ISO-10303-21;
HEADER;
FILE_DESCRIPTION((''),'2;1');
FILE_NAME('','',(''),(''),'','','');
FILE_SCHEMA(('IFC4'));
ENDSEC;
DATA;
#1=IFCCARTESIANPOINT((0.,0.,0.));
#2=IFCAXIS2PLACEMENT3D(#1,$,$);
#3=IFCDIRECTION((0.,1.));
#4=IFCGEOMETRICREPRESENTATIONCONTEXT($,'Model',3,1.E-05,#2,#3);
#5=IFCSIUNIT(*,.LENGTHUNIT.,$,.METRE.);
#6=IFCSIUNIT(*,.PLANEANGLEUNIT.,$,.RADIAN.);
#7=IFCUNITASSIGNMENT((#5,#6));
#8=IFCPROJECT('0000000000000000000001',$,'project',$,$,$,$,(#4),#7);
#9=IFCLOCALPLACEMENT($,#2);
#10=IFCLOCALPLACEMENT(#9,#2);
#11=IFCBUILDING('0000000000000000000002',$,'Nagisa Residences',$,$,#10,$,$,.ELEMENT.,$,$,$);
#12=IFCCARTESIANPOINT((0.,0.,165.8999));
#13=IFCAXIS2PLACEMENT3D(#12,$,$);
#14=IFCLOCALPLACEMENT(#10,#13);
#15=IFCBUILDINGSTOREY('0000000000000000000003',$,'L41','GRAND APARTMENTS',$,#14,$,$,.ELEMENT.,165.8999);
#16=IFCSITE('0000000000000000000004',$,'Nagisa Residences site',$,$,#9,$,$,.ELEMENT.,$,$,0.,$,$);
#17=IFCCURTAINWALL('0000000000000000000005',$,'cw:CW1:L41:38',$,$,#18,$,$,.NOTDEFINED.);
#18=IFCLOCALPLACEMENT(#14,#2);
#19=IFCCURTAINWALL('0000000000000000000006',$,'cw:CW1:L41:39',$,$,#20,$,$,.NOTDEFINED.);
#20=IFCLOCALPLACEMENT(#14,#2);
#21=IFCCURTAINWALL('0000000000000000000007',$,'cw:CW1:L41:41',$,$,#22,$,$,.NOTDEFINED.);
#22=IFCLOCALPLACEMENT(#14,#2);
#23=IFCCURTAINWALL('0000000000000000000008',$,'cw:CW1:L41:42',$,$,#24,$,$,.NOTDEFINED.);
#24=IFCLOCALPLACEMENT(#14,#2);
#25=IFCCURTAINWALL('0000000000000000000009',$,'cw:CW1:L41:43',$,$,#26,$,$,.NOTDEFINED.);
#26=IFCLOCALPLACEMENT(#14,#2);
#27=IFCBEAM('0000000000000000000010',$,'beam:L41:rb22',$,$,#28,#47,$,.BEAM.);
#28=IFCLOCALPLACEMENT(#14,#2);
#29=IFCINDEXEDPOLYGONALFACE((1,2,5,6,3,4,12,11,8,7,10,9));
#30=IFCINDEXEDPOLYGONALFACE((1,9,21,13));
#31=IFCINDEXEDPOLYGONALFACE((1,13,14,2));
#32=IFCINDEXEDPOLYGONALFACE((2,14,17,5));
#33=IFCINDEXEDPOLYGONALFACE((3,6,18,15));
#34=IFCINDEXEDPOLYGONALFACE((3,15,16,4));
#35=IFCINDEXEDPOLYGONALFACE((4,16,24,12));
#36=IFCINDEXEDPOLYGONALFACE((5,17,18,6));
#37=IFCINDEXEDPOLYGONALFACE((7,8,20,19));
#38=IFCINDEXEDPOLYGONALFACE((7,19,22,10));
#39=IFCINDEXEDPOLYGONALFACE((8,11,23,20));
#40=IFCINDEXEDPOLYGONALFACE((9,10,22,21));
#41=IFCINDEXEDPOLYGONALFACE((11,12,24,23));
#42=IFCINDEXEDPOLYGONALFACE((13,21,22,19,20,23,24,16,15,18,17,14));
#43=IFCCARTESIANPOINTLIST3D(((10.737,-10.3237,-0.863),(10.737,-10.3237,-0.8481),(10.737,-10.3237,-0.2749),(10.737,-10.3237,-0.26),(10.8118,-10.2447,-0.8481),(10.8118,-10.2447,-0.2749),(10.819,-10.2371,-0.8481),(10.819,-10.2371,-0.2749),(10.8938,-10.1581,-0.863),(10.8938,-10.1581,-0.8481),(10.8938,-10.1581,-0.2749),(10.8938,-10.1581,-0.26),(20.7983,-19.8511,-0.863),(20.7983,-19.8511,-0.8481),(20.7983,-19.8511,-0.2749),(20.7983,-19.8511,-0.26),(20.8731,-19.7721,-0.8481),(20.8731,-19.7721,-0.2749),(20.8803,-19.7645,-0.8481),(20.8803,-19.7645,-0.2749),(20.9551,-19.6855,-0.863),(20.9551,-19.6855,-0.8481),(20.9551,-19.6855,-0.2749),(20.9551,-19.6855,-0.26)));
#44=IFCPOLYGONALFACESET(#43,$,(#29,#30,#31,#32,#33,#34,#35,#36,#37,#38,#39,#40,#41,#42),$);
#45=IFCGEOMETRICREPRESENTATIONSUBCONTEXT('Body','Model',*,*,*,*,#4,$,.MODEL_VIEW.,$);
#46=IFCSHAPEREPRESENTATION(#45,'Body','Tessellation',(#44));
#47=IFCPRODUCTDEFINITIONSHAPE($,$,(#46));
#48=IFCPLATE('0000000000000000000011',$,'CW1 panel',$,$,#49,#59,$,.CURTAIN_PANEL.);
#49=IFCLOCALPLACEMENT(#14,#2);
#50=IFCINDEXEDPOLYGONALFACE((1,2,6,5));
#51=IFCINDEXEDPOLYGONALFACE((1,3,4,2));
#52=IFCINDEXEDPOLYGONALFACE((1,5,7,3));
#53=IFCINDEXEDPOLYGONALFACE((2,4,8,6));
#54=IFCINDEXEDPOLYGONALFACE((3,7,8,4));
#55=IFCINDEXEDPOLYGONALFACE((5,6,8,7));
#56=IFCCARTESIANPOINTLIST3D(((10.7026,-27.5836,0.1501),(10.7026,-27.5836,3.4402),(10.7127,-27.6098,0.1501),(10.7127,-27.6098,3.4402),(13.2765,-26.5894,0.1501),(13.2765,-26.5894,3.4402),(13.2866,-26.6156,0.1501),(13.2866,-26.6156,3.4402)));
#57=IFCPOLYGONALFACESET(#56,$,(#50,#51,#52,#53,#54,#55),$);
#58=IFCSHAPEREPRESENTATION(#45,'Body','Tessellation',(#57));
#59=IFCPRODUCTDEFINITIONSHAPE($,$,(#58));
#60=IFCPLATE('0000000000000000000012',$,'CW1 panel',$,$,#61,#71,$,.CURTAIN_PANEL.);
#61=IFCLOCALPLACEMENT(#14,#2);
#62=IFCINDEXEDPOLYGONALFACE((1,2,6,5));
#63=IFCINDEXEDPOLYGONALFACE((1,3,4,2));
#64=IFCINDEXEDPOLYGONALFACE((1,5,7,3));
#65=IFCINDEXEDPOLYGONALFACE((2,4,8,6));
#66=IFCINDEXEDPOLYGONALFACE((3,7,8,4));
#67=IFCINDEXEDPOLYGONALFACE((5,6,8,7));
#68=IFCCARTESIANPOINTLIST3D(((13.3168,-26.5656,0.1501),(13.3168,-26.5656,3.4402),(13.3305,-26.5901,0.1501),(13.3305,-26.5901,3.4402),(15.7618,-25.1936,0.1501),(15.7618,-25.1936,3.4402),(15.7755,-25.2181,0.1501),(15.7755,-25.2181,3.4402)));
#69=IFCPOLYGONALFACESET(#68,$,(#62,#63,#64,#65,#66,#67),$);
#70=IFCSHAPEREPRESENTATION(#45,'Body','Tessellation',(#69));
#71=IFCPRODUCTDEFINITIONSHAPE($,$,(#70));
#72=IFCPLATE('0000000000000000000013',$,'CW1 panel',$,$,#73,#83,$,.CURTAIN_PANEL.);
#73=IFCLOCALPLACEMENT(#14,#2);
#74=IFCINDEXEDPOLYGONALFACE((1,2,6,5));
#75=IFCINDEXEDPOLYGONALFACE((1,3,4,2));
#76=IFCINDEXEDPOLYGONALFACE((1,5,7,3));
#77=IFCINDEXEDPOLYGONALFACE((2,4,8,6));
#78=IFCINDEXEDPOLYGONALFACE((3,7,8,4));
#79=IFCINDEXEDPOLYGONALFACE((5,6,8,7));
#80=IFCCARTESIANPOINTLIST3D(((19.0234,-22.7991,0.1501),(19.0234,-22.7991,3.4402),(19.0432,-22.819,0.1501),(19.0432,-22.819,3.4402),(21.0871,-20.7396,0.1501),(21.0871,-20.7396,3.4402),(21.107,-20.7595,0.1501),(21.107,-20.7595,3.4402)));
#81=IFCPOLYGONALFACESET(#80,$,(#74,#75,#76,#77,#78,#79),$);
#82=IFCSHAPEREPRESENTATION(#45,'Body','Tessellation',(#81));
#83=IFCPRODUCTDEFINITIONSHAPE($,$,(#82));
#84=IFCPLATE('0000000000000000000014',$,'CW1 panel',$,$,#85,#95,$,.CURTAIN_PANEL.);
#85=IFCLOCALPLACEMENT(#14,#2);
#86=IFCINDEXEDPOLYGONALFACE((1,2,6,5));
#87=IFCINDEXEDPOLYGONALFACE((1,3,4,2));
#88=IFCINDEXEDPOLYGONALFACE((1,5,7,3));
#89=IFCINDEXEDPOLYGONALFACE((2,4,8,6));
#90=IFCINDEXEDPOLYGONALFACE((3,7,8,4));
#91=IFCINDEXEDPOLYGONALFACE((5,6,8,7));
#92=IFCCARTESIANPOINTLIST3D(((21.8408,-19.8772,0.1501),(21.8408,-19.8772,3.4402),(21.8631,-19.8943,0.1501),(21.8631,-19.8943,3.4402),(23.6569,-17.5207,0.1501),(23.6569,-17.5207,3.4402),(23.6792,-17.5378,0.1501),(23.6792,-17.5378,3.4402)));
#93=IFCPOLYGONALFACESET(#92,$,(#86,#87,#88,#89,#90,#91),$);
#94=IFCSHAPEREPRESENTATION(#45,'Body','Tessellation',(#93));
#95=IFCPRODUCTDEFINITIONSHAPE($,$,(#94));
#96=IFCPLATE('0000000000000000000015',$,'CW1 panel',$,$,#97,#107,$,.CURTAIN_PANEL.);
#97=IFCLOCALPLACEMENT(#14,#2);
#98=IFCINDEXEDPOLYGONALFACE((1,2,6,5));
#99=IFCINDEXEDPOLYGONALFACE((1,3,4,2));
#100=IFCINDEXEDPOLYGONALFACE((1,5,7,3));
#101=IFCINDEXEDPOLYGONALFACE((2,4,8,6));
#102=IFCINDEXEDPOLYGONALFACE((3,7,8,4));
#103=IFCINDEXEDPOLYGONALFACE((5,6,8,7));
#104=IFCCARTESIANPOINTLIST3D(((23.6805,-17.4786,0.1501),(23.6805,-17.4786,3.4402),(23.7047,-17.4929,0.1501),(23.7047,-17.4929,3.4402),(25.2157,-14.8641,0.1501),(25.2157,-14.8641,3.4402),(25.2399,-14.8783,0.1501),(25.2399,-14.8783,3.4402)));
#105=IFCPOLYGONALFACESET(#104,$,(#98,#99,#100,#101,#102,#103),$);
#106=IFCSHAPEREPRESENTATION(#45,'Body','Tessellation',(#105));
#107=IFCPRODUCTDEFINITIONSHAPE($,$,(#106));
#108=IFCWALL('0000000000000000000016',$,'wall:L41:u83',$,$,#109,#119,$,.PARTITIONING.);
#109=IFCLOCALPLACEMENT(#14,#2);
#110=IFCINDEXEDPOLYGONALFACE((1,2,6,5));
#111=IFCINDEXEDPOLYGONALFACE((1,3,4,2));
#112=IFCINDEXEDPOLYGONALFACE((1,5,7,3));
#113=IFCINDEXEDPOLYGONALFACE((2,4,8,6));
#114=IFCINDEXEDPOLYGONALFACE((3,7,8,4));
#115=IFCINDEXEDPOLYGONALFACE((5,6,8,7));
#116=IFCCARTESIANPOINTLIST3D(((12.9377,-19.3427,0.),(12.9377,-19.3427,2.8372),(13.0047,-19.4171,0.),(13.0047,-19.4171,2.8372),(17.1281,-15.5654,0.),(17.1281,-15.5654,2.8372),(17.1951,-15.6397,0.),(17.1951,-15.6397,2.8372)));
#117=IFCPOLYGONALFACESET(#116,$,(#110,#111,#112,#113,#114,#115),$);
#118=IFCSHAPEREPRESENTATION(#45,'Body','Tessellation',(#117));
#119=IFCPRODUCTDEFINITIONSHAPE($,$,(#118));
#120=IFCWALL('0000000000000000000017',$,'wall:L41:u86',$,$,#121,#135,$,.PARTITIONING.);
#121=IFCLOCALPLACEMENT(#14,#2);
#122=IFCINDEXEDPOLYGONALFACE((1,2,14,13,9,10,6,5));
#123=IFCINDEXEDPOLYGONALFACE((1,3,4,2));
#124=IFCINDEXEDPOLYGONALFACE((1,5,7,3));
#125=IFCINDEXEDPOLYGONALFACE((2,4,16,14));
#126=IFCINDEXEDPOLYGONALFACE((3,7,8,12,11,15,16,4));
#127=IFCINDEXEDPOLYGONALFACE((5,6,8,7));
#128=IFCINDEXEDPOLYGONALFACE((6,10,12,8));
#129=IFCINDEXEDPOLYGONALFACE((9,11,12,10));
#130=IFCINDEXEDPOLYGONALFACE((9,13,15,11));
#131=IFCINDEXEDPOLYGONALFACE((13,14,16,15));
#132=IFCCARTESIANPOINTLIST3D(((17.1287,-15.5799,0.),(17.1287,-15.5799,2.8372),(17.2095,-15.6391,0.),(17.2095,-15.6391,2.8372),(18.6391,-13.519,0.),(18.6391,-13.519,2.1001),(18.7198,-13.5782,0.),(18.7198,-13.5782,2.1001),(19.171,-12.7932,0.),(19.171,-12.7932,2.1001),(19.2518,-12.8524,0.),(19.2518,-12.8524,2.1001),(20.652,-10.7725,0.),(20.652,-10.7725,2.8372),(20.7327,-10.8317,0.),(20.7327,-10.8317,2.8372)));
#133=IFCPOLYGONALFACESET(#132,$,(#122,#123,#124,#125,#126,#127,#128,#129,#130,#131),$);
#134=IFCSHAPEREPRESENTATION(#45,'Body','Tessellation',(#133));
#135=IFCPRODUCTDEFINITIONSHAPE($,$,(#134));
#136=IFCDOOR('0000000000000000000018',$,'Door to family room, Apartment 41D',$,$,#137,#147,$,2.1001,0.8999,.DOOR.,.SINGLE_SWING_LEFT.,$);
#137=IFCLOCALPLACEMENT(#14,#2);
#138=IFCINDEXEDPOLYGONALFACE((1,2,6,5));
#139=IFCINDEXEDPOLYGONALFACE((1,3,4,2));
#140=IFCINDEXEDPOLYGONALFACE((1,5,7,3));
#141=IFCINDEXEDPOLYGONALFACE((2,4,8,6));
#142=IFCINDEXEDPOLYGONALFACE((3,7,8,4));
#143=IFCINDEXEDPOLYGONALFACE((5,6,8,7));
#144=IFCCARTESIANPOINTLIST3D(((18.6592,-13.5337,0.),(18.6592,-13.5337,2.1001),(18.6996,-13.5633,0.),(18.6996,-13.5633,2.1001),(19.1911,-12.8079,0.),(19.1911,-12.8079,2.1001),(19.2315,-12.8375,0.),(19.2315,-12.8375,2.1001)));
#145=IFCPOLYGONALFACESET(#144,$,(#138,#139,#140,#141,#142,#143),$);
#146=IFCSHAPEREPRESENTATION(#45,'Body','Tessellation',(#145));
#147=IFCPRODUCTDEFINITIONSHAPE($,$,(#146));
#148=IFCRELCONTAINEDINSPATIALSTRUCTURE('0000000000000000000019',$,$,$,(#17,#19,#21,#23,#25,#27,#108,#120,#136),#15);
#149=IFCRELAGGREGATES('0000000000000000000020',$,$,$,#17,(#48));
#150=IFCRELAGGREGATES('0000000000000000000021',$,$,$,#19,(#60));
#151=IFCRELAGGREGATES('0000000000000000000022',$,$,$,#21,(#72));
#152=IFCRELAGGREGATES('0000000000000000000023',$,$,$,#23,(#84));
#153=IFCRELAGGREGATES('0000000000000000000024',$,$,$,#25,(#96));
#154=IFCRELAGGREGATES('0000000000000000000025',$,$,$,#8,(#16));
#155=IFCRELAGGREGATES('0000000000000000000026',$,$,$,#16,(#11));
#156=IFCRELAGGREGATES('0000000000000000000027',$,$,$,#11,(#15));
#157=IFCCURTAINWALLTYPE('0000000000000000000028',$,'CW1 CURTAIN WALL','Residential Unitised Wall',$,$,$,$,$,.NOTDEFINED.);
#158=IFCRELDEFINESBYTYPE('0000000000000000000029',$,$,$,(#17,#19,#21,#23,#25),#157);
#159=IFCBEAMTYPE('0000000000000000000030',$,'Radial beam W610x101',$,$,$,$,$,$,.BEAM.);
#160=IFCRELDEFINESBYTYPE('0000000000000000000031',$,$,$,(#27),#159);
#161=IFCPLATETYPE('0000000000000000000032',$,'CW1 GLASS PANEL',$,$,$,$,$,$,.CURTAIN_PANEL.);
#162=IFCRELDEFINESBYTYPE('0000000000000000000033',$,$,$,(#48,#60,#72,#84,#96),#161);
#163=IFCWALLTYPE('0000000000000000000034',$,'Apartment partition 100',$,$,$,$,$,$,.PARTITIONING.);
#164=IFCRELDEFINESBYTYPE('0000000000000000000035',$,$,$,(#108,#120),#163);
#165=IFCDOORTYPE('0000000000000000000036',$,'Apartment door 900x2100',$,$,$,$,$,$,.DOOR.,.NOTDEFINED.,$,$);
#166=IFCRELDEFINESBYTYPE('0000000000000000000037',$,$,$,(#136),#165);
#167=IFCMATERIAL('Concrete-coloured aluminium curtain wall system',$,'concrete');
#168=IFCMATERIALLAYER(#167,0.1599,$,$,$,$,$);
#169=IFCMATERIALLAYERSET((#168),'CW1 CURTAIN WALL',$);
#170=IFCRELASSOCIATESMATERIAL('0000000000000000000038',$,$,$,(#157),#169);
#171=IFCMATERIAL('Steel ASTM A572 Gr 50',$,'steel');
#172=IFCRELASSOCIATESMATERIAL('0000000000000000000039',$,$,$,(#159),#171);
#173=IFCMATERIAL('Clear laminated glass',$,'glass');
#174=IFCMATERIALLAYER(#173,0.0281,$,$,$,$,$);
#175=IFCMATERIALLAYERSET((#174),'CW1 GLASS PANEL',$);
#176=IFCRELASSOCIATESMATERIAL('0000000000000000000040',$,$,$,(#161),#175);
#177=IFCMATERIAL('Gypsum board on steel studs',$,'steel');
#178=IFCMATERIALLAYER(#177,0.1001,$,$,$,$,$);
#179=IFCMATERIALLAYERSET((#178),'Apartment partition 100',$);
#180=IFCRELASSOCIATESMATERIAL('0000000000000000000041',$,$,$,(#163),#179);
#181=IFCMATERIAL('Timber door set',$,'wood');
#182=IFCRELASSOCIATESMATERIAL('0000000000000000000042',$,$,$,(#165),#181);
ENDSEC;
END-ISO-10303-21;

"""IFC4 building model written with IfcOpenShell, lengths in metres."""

from ifc_helpers import new_model, si_unit, direction, frame, frame_2d, origin, origin_2d, place, context, subcontext, project, spatial, rectangle, i_section, extrude, material, layer, layer_set, material_profile, profile_set, type_object, element, fill, aggregate, save


model = new_model("IFC4")

# Units and contexts
model_context = context("Model", 3, precision=1e-05, world=origin(), true_north=direction((0.0, 1.0)))
body_context = subcontext(model_context, "Body", "Model", "MODEL_VIEW")
ifc_project = project(units=[si_unit("LENGTHUNIT", "METRE"), si_unit("PLANEANGLEUNIT", "RADIAN")], contexts=[model_context])

# Site, building, storey
site_placement = place(None, origin())
site = spatial("IfcSite", under=ifc_project, at=site_placement, Name="Nagisa Residences site", CompositionType="ELEMENT", RefElevation=0.0)
building_placement = place(site_placement, origin())
building = spatial("IfcBuilding", under=site, at=building_placement, Name="Nagisa Residences", CompositionType="ELEMENT")
storey_placement = place(building_placement, frame((0.0, 0.0, 165.8999)))
storey = spatial("IfcBuildingStorey", under=building, at=storey_placement, Name="L41", Description="GRAND APARTMENTS", CompositionType="ELEMENT", Elevation=165.8999)

# Curtain walls
ifc_material_1 = material(Name="Concrete-coloured aluminium curtain wall system", Category="concrete")
ifc_layer_1 = layer(ifc_material_1, 0.1599)
ifc_layer_set_1 = layer_set([ifc_layer_1], Name="CW1 CURTAIN WALL")
curtain_wall_type = type_object("IfcCurtainWallType", Name="CW1 CURTAIN WALL", Description="Residential Unitised Wall", PredefinedType="NOTDEFINED", material=ifc_layer_set_1)
curtain_wall_1_placement = place(storey_placement, origin())
curtain_wall_1 = element("IfcCurtainWall", 1, at=curtain_wall_1_placement, inside=storey, type_object=curtain_wall_type, Name="cw:CW1:L41:38", PredefinedType="NOTDEFINED")
curtain_wall_2_placement = place(storey_placement, origin())
curtain_wall_2 = element("IfcCurtainWall", 2, at=curtain_wall_2_placement, inside=storey, type_object=curtain_wall_type, Name="cw:CW1:L41:39", PredefinedType="NOTDEFINED")
curtain_wall_3_placement = place(storey_placement, origin())
curtain_wall_3 = element("IfcCurtainWall", 3, at=curtain_wall_3_placement, inside=storey, type_object=curtain_wall_type, Name="cw:CW1:L41:41", PredefinedType="NOTDEFINED")
curtain_wall_4_placement = place(storey_placement, origin())
curtain_wall_4 = element("IfcCurtainWall", 4, at=curtain_wall_4_placement, inside=storey, type_object=curtain_wall_type, Name="cw:CW1:L41:42", PredefinedType="NOTDEFINED")
curtain_wall_5_placement = place(storey_placement, origin())
curtain_wall_5 = element("IfcCurtainWall", 5, at=curtain_wall_5_placement, inside=storey, type_object=curtain_wall_type, Name="cw:CW1:L41:43", PredefinedType="NOTDEFINED")

# Beam
ifc_material_2 = material(Name="Steel ASTM A572 Gr 50", Category="steel")
ifc_material_profile_1 = material_profile(ifc_material_2, i_section(OverallWidth=0.228, OverallDepth=0.603, WebThickness=0.0105, FlangeThickness=0.0149, at=origin_2d()), Name="W610x101")
ifc_profile_set_1 = profile_set([ifc_material_profile_1], Name="Steel ASTM A572 Gr 50")
beam_type = type_object("IfcBeamType", Name="Radial beam W610x101", PredefinedType="BEAM", material=ifc_profile_set_1)
beam_1_placement = place(storey_placement, frame((20.8767, -19.7683, -0.5615), z_axis=(-0.726111, 0.687577, 0.0), x_axis=(-0.687577, -0.726111, 0.0)))
element("IfcBeam", 6, at=beam_1_placement, inside=storey, type_object=beam_type, Name="beam:L41:rb22", PredefinedType="BEAM", context=body_context, shape_type="SweptSolid", body=[
    extrude(i_section(OverallWidth=0.228, OverallDepth=0.603, WebThickness=0.0105, FlangeThickness=0.0149, at=origin_2d()), origin(), (0.0, 0.0, 1.0), 13.8564),
])

# Plates
ifc_material_3 = material(Name="Clear laminated glass", Category="glass")
ifc_layer_2 = layer(ifc_material_3, 0.0281)
ifc_layer_set_2 = layer_set([ifc_layer_2], Name="CW1 GLASS PANEL")
plate_type = type_object("IfcPlateType", Name="CW1 GLASS PANEL", PredefinedType="CURTAIN_PANEL", material=ifc_layer_set_2)
plate_1_placement = place(storey_placement, frame((11.9946, -27.0996, 0.1501), z_axis=(0.0, 0.0, 1.0), x_axis=(0.932826, 0.360328, 0.0)))
plate_1 = element("IfcPlate", 7, at=plate_1_placement, type_object=plate_type, Name="CW1 panel", PredefinedType="CURTAIN_PANEL", context=body_context, shape_type="SweptSolid", body=[
    extrude(rectangle(XDim=2.7593, YDim=0.0281, at=origin_2d()), origin(), (0.0, 0.0, 1.0), 3.29),
])
aggregate(curtain_wall_1, [plate_1])
plate_2_placement = place(storey_placement, frame((14.5461, -25.8918, 0.1501), z_axis=(0.0, 0.0, 1.0), x_axis=(0.872072, 0.489377, 0.0)))
plate_2 = element("IfcPlate", 8, at=plate_2_placement, type_object=plate_type, Name="CW1 panel", PredefinedType="CURTAIN_PANEL", context=body_context, shape_type="SweptSolid", body=[
    extrude(rectangle(XDim=2.8037, YDim=0.0281, at=origin_2d()), origin(), (0.0, 0.0, 1.0), 3.29),
])
aggregate(curtain_wall_2, [plate_2])
plate_3_placement = place(storey_placement, frame((20.0652, -21.7793, 0.1501), z_axis=(0.0, 0.0, 1.0), x_axis=(0.707836, 0.706377, 0.0)))
plate_3 = element("IfcPlate", 9, at=plate_3_placement, type_object=plate_type, Name="CW1 panel", PredefinedType="CURTAIN_PANEL", context=body_context, shape_type="SweptSolid", body=[
    extrude(rectangle(XDim=2.9155, YDim=0.0281, at=origin_2d()), origin(), (0.0, 0.0, 1.0), 3.29),
])
aggregate(curtain_wall_3, [plate_3])
plate_4_placement = place(storey_placement, frame((22.76, -18.7075, 0.1501), z_axis=(0.0, 0.0, 1.0), x_axis=(0.61043, 0.79207, 0.0)))
plate_4 = element("IfcPlate", 10, at=plate_4_placement, type_object=plate_type, Name="CW1 panel", PredefinedType="CURTAIN_PANEL", context=body_context, shape_type="SweptSolid", body=[
    extrude(rectangle(XDim=2.9751, YDim=0.0281, at=origin_2d()), origin(), (0.0, 0.0, 1.0), 3.29),
])
aggregate(curtain_wall_4, [plate_4])
plate_5_placement = place(storey_placement, frame((24.4602, -16.1785, 0.1501), z_axis=(0.0, 0.0, 1.0), x_axis=(0.506349, 0.862329, 0.0)))
plate_5 = element("IfcPlate", 11, at=plate_5_placement, type_object=plate_type, Name="CW1 panel", PredefinedType="CURTAIN_PANEL", context=body_context, shape_type="SweptSolid", body=[
    extrude(rectangle(XDim=3.032, YDim=0.0281, at=origin_2d()), origin(), (0.0, 0.0, 1.0), 3.29),
])
aggregate(curtain_wall_5, [plate_5])

# Wall
ifc_material_4 = material(Name="Gypsum board on steel studs", Category="steel")
ifc_layer_3 = layer(ifc_material_4, 0.1001)
ifc_layer_set_3 = layer_set([ifc_layer_3], Name="Apartment partition 100")
wall_type_1 = type_object("IfcWallType", Name="Apartment partition 100", PredefinedType="PARTITIONING", material=ifc_layer_set_3)
wall_1_placement = place(storey_placement, frame((12.9712, -19.3799, 0.0), z_axis=(0.0, 0.0, 1.0), x_axis=(0.742769, 0.669548, 0.0)))
element("IfcWall", 12, at=wall_1_placement, inside=storey, type_object=wall_type_1, Name="wall:L41:u83", PredefinedType="PARTITIONING", context=body_context, shape_type="SweptSolid", body=[
    extrude(rectangle(XDim=5.6416, YDim=0.1001, at=frame_2d((2.8208, 0.0))), origin(), (0.0, 0.0, 1.0), 2.8372),
])

# Wall, opening, door
wall_2_placement = place(storey_placement, frame((17.1692, -15.6094, 0.0), z_axis=(0.0, 0.0, 1.0), x_axis=(0.591122, 0.806582, 0.0)))
wall_2 = element("IfcWall", 13, at=wall_2_placement, inside=storey, type_object=wall_type_1, Name="wall:L41:u86", PredefinedType="PARTITIONING", context=body_context, shape_type="SweptSolid", body=[
    extrude(rectangle(XDim=5.9602, YDim=0.1001, at=frame_2d((2.98, 0.0))), origin(), (0.0, 0.0, 1.0), 2.8372),
])
opening_1_placement = place(wall_2_placement, frame((2.5549, 0.0, 0.0)))
opening_1 = element("IfcOpeningElement", 14, at=opening_1_placement, cuts=wall_2, PredefinedType="OPENING", context=body_context, shape_type="SweptSolid", body=[
    extrude(rectangle(XDim=0.8999, YDim=2.1001, at=frame_2d((0.45, 1.05))), frame((0.0, 0.0601, 0.0), z_axis=(0.0, -1.0, 0.0), x_axis=(1.0, 0.0, 0.0)), (0.0, 0.0, 1.0), 0.1201),
])
ifc_material_5 = material(Name="Timber door set", Category="wood")
door_type_1 = type_object("IfcDoorType", Name="Apartment door 900x2100", OperationType="NOTDEFINED", PredefinedType="DOOR", material=ifc_material_5)
door_1_placement = place(opening_1_placement, frame((0.8999, 0.0, 0.0), x_axis=(-1.0, 0.0, 0.0)))
door_1 = element("IfcDoor", 15, at=door_1_placement, inside=storey, type_object=door_type_1, Name="Door to family room, Apartment 41D", OperationType="SINGLE_SWING_LEFT", OverallHeight=2.1001, OverallWidth=0.8999, PredefinedType="DOOR", context=body_context, shape_type="SweptSolid", body=[
    extrude(rectangle(XDim=0.8999, YDim=2.1001, at=frame_2d((0.45, 1.05))), frame((0.0, 0.0249, 0.0), z_axis=(0.0, -1.0, 0.0), x_axis=(1.0, 0.0, 0.0)), (0.0, 0.0, 1.0), 0.05),
])
fill(opening_1, door_1)

save(model, "model.ifc")
